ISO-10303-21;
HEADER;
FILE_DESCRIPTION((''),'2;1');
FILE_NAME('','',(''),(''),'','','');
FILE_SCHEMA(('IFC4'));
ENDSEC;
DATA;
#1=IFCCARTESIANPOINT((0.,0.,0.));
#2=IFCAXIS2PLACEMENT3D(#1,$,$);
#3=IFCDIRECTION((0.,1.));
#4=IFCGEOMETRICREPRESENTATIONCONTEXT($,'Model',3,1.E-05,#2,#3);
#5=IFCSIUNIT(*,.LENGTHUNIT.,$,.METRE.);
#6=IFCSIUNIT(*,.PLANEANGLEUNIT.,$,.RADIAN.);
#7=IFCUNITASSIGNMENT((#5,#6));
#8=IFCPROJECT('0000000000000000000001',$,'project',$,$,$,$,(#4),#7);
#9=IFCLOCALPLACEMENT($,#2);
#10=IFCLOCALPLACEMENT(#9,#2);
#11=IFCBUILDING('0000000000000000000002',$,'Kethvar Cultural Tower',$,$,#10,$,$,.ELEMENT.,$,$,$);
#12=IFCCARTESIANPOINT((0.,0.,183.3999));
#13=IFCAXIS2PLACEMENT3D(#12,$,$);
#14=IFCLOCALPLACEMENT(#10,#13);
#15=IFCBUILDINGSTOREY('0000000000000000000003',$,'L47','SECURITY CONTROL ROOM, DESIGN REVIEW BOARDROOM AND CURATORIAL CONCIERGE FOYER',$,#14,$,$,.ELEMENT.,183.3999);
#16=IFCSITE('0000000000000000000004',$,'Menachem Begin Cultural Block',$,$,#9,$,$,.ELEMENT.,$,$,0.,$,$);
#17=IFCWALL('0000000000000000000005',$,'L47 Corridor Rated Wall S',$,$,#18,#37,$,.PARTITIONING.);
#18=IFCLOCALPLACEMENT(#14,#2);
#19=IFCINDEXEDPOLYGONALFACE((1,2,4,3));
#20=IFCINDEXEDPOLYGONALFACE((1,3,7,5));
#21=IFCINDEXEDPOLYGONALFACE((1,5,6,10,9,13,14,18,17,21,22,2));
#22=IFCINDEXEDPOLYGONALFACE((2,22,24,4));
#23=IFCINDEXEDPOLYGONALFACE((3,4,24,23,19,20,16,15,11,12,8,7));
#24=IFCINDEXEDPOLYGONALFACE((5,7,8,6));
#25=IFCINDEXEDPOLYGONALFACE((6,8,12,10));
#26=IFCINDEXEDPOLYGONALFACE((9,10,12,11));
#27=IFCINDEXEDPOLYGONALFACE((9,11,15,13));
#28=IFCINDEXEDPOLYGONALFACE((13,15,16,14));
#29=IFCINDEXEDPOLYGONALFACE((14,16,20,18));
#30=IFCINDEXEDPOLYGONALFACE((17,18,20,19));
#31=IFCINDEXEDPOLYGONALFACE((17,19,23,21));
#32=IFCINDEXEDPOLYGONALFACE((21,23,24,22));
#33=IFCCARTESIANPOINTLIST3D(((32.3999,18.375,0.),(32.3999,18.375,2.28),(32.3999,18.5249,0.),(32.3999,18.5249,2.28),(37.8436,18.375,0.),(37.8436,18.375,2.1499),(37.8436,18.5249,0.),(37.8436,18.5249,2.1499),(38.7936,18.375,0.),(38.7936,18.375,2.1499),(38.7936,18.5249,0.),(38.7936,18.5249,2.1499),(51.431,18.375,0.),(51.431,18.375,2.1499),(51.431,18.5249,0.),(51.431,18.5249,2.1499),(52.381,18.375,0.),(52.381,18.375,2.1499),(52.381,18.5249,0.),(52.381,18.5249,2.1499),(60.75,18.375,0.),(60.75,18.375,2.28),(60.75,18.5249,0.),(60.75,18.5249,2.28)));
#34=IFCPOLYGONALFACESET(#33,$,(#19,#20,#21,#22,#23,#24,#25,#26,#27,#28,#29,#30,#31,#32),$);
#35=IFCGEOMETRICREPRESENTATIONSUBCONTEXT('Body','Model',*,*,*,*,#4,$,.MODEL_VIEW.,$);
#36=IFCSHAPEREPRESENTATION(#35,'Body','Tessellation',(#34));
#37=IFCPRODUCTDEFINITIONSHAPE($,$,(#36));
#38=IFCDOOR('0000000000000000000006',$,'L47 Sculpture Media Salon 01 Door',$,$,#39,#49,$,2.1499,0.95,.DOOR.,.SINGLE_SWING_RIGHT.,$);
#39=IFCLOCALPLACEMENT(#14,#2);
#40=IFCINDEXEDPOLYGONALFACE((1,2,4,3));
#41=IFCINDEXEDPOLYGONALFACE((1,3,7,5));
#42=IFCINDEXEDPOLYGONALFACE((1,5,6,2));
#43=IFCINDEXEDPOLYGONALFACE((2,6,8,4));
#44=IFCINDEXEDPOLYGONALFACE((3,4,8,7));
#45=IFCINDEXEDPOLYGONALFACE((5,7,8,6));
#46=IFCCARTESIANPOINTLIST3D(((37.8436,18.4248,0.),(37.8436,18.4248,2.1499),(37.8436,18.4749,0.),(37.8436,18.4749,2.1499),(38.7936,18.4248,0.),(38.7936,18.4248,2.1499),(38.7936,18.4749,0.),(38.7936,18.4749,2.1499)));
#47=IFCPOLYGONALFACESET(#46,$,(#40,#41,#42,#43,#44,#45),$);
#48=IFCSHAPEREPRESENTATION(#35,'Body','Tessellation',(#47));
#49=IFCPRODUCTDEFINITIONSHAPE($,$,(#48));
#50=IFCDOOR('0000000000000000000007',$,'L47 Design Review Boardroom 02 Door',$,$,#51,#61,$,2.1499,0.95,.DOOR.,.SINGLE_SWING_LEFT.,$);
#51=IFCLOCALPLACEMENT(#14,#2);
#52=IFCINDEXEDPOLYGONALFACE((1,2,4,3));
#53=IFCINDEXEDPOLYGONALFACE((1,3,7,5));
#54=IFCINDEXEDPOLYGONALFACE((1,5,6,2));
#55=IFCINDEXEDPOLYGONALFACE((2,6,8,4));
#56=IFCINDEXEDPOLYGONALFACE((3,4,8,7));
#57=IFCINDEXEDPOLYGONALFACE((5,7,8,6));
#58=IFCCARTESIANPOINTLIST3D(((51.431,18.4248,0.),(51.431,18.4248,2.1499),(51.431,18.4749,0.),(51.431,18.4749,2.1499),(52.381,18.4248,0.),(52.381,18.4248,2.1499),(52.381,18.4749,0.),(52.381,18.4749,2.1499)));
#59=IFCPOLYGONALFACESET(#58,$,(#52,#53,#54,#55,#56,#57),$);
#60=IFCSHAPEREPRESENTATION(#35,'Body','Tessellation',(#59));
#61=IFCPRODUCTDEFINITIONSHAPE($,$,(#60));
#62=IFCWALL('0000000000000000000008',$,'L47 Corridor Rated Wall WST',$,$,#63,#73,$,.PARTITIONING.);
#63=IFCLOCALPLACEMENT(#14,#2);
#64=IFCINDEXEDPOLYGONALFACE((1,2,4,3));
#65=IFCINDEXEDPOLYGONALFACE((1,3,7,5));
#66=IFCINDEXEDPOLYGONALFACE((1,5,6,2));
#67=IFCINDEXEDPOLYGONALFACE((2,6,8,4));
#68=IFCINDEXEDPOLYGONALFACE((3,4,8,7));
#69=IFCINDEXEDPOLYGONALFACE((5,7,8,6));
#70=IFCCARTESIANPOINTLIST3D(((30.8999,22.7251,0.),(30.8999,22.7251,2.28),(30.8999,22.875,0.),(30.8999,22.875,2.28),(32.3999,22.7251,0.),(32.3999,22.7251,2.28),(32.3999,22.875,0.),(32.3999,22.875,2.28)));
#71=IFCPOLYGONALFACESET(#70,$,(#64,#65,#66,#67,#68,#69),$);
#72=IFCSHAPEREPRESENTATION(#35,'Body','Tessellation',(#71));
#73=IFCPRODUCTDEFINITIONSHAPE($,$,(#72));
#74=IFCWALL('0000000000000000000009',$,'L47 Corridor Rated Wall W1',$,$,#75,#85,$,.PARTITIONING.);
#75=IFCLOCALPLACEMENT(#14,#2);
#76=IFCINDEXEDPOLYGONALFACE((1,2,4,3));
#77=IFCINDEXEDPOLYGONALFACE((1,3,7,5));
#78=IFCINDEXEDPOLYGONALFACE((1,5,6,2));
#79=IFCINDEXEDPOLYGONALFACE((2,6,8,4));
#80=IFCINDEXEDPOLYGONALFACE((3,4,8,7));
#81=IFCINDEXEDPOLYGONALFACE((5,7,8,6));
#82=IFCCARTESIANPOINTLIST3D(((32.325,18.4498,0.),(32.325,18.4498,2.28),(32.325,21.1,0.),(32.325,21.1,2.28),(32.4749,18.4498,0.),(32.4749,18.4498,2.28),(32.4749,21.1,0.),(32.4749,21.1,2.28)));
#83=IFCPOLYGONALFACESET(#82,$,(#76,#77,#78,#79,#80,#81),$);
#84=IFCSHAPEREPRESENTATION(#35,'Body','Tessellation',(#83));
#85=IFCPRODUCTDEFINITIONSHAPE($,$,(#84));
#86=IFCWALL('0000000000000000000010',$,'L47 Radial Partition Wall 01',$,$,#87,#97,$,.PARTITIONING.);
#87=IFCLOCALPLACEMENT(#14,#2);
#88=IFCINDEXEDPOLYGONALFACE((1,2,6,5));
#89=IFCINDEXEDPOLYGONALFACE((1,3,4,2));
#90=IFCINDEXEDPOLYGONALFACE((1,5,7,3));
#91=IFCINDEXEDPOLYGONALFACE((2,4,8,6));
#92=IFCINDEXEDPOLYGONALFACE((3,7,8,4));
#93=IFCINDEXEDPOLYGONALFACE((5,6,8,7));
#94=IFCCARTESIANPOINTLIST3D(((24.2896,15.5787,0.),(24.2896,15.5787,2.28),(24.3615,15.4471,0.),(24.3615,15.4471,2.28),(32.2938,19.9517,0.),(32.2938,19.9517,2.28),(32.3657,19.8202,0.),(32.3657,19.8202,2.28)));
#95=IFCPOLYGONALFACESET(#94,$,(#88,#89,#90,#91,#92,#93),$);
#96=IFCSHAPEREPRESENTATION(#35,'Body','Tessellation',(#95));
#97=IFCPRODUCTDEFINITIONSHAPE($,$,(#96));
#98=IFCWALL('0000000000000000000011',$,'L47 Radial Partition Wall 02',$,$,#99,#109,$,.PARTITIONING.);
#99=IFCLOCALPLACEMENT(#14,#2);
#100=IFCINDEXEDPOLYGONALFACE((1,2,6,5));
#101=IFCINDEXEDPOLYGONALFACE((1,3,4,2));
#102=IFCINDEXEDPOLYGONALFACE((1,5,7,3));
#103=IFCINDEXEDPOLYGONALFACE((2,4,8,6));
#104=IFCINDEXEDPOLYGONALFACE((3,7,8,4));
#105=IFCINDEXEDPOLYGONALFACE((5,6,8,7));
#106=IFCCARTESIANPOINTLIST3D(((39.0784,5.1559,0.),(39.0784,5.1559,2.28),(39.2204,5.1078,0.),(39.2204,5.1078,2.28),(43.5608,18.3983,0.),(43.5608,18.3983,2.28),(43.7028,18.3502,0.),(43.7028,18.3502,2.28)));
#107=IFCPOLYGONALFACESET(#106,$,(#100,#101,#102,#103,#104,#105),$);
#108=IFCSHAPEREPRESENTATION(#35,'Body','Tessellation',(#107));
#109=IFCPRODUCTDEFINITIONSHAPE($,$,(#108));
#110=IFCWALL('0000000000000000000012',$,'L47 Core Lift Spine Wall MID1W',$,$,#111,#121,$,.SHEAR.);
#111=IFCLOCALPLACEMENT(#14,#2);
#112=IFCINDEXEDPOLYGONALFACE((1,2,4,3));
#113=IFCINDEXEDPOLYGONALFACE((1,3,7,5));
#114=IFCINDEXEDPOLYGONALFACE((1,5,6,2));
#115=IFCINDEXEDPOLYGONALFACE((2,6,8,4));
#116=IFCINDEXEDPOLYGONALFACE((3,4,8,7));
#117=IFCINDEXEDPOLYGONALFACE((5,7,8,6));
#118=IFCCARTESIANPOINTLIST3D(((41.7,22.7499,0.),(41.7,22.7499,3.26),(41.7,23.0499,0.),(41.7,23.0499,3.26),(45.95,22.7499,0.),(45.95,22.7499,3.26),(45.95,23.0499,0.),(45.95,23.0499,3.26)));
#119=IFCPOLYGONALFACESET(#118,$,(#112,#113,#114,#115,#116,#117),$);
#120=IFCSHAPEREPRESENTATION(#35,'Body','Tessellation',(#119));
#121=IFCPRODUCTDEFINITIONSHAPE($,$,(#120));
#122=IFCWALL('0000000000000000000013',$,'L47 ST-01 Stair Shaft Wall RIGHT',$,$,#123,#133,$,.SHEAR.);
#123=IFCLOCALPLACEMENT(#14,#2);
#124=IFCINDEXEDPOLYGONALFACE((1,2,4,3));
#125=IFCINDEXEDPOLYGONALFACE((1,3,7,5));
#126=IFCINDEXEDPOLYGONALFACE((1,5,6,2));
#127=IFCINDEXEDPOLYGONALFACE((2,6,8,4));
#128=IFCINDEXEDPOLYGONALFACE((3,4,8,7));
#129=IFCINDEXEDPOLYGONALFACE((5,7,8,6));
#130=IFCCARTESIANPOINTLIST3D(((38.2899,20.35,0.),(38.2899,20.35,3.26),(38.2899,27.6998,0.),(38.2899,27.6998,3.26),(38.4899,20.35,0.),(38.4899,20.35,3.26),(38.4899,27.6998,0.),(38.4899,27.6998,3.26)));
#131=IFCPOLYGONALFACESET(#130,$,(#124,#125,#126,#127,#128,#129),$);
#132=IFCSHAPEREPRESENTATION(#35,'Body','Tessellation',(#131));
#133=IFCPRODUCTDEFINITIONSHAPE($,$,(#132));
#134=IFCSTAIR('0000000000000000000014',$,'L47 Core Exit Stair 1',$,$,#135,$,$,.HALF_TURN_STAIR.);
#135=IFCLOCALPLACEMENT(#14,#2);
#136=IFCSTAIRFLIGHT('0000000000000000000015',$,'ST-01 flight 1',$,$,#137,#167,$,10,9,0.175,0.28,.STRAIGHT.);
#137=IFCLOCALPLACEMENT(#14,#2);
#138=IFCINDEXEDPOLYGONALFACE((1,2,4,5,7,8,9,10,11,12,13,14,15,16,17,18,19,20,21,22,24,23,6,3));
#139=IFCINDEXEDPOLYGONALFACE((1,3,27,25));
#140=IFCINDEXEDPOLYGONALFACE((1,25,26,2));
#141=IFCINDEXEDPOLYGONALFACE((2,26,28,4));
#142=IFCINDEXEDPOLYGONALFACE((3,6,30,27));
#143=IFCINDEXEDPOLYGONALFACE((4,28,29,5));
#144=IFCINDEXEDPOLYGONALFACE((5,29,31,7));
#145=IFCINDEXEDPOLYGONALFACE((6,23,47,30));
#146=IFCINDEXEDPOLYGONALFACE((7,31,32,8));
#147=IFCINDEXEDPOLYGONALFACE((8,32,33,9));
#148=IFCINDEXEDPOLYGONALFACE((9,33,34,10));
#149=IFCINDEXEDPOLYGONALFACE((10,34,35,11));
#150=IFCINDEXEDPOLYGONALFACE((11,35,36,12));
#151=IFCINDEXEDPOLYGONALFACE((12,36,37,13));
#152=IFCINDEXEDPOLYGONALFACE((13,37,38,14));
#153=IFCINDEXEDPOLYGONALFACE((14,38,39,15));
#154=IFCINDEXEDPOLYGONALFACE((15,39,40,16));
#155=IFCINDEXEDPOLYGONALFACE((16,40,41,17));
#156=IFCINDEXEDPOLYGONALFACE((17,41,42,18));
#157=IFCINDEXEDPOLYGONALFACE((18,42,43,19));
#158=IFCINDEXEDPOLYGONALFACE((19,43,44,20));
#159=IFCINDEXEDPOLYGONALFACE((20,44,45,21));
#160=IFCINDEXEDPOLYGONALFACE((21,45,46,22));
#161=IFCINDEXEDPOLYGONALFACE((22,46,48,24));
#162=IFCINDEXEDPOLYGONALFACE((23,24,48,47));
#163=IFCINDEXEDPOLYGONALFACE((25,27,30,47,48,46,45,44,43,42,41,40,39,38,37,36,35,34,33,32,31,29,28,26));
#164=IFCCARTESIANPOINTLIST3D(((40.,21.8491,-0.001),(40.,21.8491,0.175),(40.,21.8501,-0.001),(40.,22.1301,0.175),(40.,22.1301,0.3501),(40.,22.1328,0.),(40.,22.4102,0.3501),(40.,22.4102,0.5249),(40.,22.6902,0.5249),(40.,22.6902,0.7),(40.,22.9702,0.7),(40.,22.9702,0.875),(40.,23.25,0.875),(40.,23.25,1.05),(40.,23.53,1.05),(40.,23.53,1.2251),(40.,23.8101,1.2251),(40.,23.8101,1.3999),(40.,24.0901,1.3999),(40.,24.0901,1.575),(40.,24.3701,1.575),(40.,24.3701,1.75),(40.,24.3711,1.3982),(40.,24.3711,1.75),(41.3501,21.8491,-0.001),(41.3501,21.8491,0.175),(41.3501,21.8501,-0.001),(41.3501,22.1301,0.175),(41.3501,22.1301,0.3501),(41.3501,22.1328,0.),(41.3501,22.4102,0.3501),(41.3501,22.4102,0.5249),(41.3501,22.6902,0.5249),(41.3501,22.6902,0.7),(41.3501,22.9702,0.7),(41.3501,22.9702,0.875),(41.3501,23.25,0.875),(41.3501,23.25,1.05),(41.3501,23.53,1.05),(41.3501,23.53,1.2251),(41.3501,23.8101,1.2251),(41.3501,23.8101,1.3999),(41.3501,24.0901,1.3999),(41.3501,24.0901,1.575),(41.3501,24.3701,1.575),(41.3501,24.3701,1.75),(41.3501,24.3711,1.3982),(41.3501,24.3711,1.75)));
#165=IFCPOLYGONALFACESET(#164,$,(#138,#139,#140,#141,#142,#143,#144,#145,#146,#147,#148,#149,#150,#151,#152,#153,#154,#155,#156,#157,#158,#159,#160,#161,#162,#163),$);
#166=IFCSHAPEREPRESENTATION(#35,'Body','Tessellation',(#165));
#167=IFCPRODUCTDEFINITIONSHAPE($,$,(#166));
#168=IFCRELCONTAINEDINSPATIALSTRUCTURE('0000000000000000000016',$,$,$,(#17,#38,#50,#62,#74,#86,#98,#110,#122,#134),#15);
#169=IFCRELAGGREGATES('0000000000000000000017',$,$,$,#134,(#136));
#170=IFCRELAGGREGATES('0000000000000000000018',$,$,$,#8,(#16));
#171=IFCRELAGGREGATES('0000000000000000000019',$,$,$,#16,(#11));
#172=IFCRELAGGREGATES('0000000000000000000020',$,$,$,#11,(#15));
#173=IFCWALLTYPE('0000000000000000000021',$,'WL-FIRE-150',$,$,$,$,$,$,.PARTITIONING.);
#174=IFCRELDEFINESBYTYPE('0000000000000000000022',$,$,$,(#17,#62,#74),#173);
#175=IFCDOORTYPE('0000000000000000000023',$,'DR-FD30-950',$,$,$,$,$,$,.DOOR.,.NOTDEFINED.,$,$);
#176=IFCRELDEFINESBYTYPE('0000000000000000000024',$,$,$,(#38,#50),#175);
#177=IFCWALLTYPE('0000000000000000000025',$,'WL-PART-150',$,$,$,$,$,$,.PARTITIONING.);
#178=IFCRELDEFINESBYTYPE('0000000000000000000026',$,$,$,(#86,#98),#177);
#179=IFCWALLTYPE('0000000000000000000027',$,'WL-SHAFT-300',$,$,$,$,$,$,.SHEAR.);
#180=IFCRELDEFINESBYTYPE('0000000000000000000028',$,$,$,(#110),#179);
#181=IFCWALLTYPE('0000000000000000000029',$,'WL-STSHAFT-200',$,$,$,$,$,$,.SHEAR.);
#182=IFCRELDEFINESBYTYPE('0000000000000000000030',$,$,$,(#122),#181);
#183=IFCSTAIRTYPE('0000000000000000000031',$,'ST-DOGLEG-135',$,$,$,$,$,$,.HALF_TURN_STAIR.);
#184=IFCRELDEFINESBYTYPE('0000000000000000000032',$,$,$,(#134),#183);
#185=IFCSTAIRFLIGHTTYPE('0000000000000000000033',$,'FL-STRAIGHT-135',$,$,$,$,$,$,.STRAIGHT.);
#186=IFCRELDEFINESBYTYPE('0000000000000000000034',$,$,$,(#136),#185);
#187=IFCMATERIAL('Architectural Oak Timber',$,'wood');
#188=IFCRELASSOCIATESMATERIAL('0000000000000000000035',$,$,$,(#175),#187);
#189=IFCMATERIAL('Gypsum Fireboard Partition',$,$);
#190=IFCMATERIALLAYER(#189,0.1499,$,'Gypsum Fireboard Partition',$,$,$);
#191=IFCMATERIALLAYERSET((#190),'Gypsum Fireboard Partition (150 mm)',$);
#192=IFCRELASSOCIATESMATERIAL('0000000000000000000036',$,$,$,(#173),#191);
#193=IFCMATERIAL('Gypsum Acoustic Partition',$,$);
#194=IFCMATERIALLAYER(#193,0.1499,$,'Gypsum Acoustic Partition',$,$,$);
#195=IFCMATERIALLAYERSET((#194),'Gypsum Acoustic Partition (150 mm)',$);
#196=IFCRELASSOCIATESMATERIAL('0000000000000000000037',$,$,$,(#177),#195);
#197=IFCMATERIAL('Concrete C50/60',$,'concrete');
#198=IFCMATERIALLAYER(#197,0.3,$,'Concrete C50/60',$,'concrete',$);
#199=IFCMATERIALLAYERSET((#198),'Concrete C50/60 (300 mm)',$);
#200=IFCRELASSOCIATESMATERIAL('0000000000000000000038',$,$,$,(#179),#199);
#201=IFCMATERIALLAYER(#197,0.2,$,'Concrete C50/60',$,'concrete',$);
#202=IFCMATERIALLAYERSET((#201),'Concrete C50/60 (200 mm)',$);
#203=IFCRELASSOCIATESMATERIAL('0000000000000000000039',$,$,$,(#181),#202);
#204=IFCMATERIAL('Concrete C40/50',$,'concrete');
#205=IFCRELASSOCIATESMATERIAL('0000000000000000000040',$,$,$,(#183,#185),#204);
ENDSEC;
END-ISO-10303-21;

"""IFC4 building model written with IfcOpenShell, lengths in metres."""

from ifc_helpers import new_model, si_unit, direction, frame, frame_2d, origin, place, context, subcontext, project, spatial, polyline, rectangle, outline, extrude, source, transform, mapped, material, layer, layer_set, type_object, element, fill, aggregate, save


model = new_model("IFC4")

# Units and contexts
model_context = context("Model", 3, precision=1e-05, world=origin(), true_north=direction((0.0, 1.0)))
body_context = subcontext(model_context, "Body", "Model", "MODEL_VIEW")
ifc_project = project(units=[si_unit("LENGTHUNIT", "METRE"), si_unit("PLANEANGLEUNIT", "RADIAN")], contexts=[model_context])

# Site, building, storey
site_placement = place(None, origin())
site = spatial("IfcSite", under=ifc_project, at=site_placement, Name="Menachem Begin Cultural Block", CompositionType="ELEMENT", RefElevation=0.0)
building_placement = place(site_placement, origin())
building = spatial("IfcBuilding", under=site, at=building_placement, Name="Kethvar Cultural Tower", CompositionType="ELEMENT")
storey_placement = place(building_placement, frame((0.0, 0.0, 183.3999)))
storey = spatial("IfcBuildingStorey", under=building, at=storey_placement, Name="L47", Description="SECURITY CONTROL ROOM, DESIGN REVIEW BOARDROOM AND CURATORIAL CONCIERGE FOYER", CompositionType="ELEMENT", Elevation=183.3999)

# Shared definitions
ifc_material_1 = material(Name="Architectural Oak Timber", Category="wood")
door_type_1 = type_object("IfcDoorType", Name="DR-FD30-950", OperationType="NOTDEFINED", PredefinedType="DOOR", material=ifc_material_1)
shared_shape_1 = source(origin(), body_context, "Body", "SweptSolid", [
    extrude(rectangle(XDim=0.95, YDim=2.1499, at=frame_2d((0.4751, 1.075))), frame((0.0, 0.0249, 0.0), z_axis=(0.0, -1.0, 0.0), x_axis=(1.0, 0.0, 0.0)), (0.0, 0.0, 1.0), 0.05),
])

# Shared definitions
ifc_material_2 = material(Name="Gypsum Fireboard Partition")
ifc_layer_1 = layer(ifc_material_2, 0.1499, Name="Gypsum Fireboard Partition")
ifc_layer_set_1 = layer_set([ifc_layer_1], Name="Gypsum Fireboard Partition (150 mm)")
wall_type_1 = type_object("IfcWallType", Name="WL-FIRE-150", PredefinedType="PARTITIONING", material=ifc_layer_set_1)

# Wall, openings, doors
wall_1_placement = place(storey_placement, frame((32.3999, 18.45, 0.0), z_axis=(0.0, 0.0, 1.0), x_axis=(1.0, 0.0, 0.0)))
wall_1 = element("IfcWall", 1, at=wall_1_placement, inside=storey, type_object=wall_type_1, Name="L47 Corridor Rated Wall S", PredefinedType="PARTITIONING", context=body_context, shape_type="SweptSolid", body=[
    extrude(rectangle(XDim=28.3501, YDim=0.1499, at=frame_2d((14.175, 0.0))), origin(), (0.0, 0.0, 1.0), 2.28),
])
opening_1_placement = place(wall_1_placement, frame((5.4436, 0.0, 0.0)))
opening_1 = element("IfcOpeningElement", 2, at=opening_1_placement, cuts=wall_1, PredefinedType="OPENING", context=body_context, shape_type="SweptSolid", body=[
    extrude(rectangle(XDim=0.95, YDim=2.1499, at=frame_2d((0.4751, 1.075))), frame((0.0, 0.085, 0.0), z_axis=(0.0, -1.0, 0.0), x_axis=(1.0, 0.0, 0.0)), (0.0, 0.0, 1.0), 0.1699),
])
opening_2_placement = place(wall_1_placement, frame((19.031, 0.0, 0.0)))
opening_2 = element("IfcOpeningElement", 3, at=opening_2_placement, cuts=wall_1, PredefinedType="OPENING", context=body_context, shape_type="SweptSolid", body=[
    extrude(rectangle(XDim=0.95, YDim=2.1499, at=frame_2d((0.4751, 1.075))), frame((0.0, 0.085, 0.0), z_axis=(0.0, -1.0, 0.0), x_axis=(1.0, 0.0, 0.0)), (0.0, 0.0, 1.0), 0.1699),
])
door_1_placement = place(opening_1_placement, origin())
door_1 = element("IfcDoor", 4, at=door_1_placement, inside=storey, type_object=door_type_1, Name="L47 Sculpture Media Salon 01 Door", OperationType="SINGLE_SWING_RIGHT", OverallHeight=2.1499, OverallWidth=0.95, PredefinedType="DOOR", context=body_context, shape_type="MappedRepresentation", body=[
    mapped(shared_shape_1, transform((0.0, 0.0, 0.0), scale=1.0)),
])
fill(opening_1, door_1)
door_2_placement = place(opening_2_placement, origin())
door_2 = element("IfcDoor", 5, at=door_2_placement, inside=storey, type_object=door_type_1, Name="L47 Design Review Boardroom 02 Door", OperationType="SINGLE_SWING_LEFT", OverallHeight=2.1499, OverallWidth=0.95, PredefinedType="DOOR", context=body_context, shape_type="MappedRepresentation", body=[
    mapped(shared_shape_1, transform((0.0, 0.0, 0.0), scale=1.0)),
])
fill(opening_2, door_2)

# Walls
wall_2_placement = place(storey_placement, frame((32.3999, 22.8, 0.0), z_axis=(0.0, 0.0, 1.0), x_axis=(-1.0, 0.0, 0.0)))
element("IfcWall", 6, at=wall_2_placement, inside=storey, type_object=wall_type_1, Name="L47 Corridor Rated Wall WST", PredefinedType="PARTITIONING", context=body_context, shape_type="SweptSolid", body=[
    extrude(rectangle(XDim=1.5, YDim=0.1499, at=frame_2d((0.75, 0.0))), origin(), (0.0, 0.0, 1.0), 2.28),
])
wall_3_placement = place(storey_placement, frame((32.3999, 21.1001, 0.0), z_axis=(0.0, 0.0, 1.0), x_axis=(0.0, -1.0, 0.0)))
element("IfcWall", 7, at=wall_3_placement, inside=storey, type_object=wall_type_1, Name="L47 Corridor Rated Wall W1", PredefinedType="PARTITIONING", context=body_context, shape_type="SweptSolid", body=[
    extrude(rectangle(XDim=2.6501, YDim=0.1499, at=frame_2d((1.3252, 0.0))), origin(), (0.0, 0.0, 1.0), 2.28),
])
ifc_material_3 = material(Name="Gypsum Acoustic Partition")
ifc_layer_2 = layer(ifc_material_3, 0.1499, Name="Gypsum Acoustic Partition")
ifc_layer_set_2 = layer_set([ifc_layer_2], Name="Gypsum Acoustic Partition (150 mm)")
wall_type_2 = type_object("IfcWallType", Name="WL-PART-150", PredefinedType="PARTITIONING", material=ifc_layer_set_2)
wall_4_placement = place(storey_placement, frame((32.3298, 19.886, 0.0), z_axis=(0.0, 0.0, 1.0), x_axis=(-0.877566, -0.479456, 0.0)))
element("IfcWall", 8, at=wall_4_placement, inside=storey, type_object=wall_type_2, Name="L47 Radial Partition Wall 01", PredefinedType="PARTITIONING", context=body_context, shape_type="SweptSolid", body=[
    extrude(rectangle(XDim=9.1208, YDim=0.1499, at=frame_2d((4.5605, 0.0))), origin(), (0.0, 0.0, 1.0), 2.28),
])
wall_5_placement = place(storey_placement, frame((43.6318, 18.3743, 0.0), z_axis=(0.0, 0.0, 1.0), x_axis=(-0.32062, -0.947208, 0.0)))
element("IfcWall", 9, at=wall_5_placement, inside=storey, type_object=wall_type_2, Name="L47 Radial Partition Wall 02", PredefinedType="PARTITIONING", context=body_context, shape_type="SweptSolid", body=[
    extrude(rectangle(XDim=13.9805, YDim=0.1499, at=frame_2d((6.9902, 0.0))), origin(), (0.0, 0.0, 1.0), 2.28),
])
ifc_material_4 = material(Name="Concrete C50/60", Category="concrete")
ifc_layer_3 = layer(ifc_material_4, 0.3, Name="Concrete C50/60", Category="concrete")
ifc_layer_set_3 = layer_set([ifc_layer_3], Name="Concrete C50/60 (300 mm)")
wall_type_3 = type_object("IfcWallType", Name="WL-SHAFT-300", PredefinedType="SHEAR", material=ifc_layer_set_3)
wall_6_placement = place(storey_placement, frame((41.7, 22.8999, 0.0), z_axis=(0.0, 0.0, 1.0), x_axis=(1.0, 0.0, 0.0)))
element("IfcWall", 10, at=wall_6_placement, inside=storey, type_object=wall_type_3, Name="L47 Core Lift Spine Wall MID1W", PredefinedType="SHEAR", context=body_context, shape_type="SweptSolid", body=[
    extrude(rectangle(XDim=4.25, YDim=0.3, at=frame_2d((2.125, 0.0))), origin(), (0.0, 0.0, 1.0), 3.26),
])
ifc_layer_4 = layer(ifc_material_4, 0.2, Name="Concrete C50/60", Category="concrete")
ifc_layer_set_4 = layer_set([ifc_layer_4], Name="Concrete C50/60 (200 mm)")
wall_type_4 = type_object("IfcWallType", Name="WL-STSHAFT-200", PredefinedType="SHEAR", material=ifc_layer_set_4)
wall_7_placement = place(storey_placement, frame((38.3899, 20.3501, 0.0), z_axis=(0.0, 0.0, 1.0), x_axis=(0.0, 1.0, 0.0)))
element("IfcWall", 11, at=wall_7_placement, inside=storey, type_object=wall_type_4, Name="L47 ST-01 Stair Shaft Wall RIGHT", PredefinedType="SHEAR", context=body_context, shape_type="SweptSolid", body=[
    extrude(rectangle(XDim=7.3499, YDim=0.2, at=frame_2d((3.6748, 0.0))), origin(), (0.0, 0.0, 1.0), 3.26),
])

# Stair, stair flight
ifc_material_5 = material(Name="Concrete C40/50", Category="concrete")
stair_type = type_object("IfcStairType", Name="ST-DOGLEG-135", PredefinedType="HALF_TURN_STAIR", material=ifc_material_5)
stair_placement = place(storey_placement, origin())
stair = element("IfcStair", 12, at=stair_placement, inside=storey, type_object=stair_type, Name="L47 Core Exit Stair 1", PredefinedType="HALF_TURN_STAIR")
stair_flight_type = type_object("IfcStairFlightType", Name="FL-STRAIGHT-135", PredefinedType="STRAIGHT", material=ifc_material_5)
stair_flight_placement = place(storey_placement, frame((40.675, 21.8501, 0.0), z_axis=(0.0, 0.0, 1.0), x_axis=(0.0, 1.0, 0.0)))
stair_flight = element("IfcStairFlight", 13, at=stair_flight_placement, type_object=stair_flight_type, Name="ST-01 flight 1", NumberOfRisers=10, NumberOfTreads=9, PredefinedType="STRAIGHT", RiserHeight=0.175, TreadLength=0.28, context=body_context, shape_type="SweptSolid", body=[
    extrude(outline(polyline([(-0.001, -0.001), (-0.001, 0.175), (0.28, 0.175), (0.28, 0.3501), (0.5601, 0.3501), (0.5601, 0.5249), (0.8401, 0.5249), (0.8401, 0.7), (1.1201, 0.7), (1.1201, 0.875), (1.3999, 0.875), (1.3999, 1.05), (1.6799, 1.05), (1.6799, 1.2251), (1.96, 1.2251), (1.96, 1.3999), (2.24, 1.3999), (2.24, 1.575), (2.52, 1.575), (2.52, 1.75), (2.521, 1.75), (2.521, 1.3982), (0.2827, 0.0), (0.0, -0.001), (-0.001, -0.001)])), frame((0.0, 0.675, 0.0), z_axis=(0.0, -1.0, 0.0), x_axis=(1.0, 0.0, 0.0)), (0.0, 0.0, 1.0), 1.3501),
])
aggregate(stair, [stair_flight])

save(model, "model.ifc")
